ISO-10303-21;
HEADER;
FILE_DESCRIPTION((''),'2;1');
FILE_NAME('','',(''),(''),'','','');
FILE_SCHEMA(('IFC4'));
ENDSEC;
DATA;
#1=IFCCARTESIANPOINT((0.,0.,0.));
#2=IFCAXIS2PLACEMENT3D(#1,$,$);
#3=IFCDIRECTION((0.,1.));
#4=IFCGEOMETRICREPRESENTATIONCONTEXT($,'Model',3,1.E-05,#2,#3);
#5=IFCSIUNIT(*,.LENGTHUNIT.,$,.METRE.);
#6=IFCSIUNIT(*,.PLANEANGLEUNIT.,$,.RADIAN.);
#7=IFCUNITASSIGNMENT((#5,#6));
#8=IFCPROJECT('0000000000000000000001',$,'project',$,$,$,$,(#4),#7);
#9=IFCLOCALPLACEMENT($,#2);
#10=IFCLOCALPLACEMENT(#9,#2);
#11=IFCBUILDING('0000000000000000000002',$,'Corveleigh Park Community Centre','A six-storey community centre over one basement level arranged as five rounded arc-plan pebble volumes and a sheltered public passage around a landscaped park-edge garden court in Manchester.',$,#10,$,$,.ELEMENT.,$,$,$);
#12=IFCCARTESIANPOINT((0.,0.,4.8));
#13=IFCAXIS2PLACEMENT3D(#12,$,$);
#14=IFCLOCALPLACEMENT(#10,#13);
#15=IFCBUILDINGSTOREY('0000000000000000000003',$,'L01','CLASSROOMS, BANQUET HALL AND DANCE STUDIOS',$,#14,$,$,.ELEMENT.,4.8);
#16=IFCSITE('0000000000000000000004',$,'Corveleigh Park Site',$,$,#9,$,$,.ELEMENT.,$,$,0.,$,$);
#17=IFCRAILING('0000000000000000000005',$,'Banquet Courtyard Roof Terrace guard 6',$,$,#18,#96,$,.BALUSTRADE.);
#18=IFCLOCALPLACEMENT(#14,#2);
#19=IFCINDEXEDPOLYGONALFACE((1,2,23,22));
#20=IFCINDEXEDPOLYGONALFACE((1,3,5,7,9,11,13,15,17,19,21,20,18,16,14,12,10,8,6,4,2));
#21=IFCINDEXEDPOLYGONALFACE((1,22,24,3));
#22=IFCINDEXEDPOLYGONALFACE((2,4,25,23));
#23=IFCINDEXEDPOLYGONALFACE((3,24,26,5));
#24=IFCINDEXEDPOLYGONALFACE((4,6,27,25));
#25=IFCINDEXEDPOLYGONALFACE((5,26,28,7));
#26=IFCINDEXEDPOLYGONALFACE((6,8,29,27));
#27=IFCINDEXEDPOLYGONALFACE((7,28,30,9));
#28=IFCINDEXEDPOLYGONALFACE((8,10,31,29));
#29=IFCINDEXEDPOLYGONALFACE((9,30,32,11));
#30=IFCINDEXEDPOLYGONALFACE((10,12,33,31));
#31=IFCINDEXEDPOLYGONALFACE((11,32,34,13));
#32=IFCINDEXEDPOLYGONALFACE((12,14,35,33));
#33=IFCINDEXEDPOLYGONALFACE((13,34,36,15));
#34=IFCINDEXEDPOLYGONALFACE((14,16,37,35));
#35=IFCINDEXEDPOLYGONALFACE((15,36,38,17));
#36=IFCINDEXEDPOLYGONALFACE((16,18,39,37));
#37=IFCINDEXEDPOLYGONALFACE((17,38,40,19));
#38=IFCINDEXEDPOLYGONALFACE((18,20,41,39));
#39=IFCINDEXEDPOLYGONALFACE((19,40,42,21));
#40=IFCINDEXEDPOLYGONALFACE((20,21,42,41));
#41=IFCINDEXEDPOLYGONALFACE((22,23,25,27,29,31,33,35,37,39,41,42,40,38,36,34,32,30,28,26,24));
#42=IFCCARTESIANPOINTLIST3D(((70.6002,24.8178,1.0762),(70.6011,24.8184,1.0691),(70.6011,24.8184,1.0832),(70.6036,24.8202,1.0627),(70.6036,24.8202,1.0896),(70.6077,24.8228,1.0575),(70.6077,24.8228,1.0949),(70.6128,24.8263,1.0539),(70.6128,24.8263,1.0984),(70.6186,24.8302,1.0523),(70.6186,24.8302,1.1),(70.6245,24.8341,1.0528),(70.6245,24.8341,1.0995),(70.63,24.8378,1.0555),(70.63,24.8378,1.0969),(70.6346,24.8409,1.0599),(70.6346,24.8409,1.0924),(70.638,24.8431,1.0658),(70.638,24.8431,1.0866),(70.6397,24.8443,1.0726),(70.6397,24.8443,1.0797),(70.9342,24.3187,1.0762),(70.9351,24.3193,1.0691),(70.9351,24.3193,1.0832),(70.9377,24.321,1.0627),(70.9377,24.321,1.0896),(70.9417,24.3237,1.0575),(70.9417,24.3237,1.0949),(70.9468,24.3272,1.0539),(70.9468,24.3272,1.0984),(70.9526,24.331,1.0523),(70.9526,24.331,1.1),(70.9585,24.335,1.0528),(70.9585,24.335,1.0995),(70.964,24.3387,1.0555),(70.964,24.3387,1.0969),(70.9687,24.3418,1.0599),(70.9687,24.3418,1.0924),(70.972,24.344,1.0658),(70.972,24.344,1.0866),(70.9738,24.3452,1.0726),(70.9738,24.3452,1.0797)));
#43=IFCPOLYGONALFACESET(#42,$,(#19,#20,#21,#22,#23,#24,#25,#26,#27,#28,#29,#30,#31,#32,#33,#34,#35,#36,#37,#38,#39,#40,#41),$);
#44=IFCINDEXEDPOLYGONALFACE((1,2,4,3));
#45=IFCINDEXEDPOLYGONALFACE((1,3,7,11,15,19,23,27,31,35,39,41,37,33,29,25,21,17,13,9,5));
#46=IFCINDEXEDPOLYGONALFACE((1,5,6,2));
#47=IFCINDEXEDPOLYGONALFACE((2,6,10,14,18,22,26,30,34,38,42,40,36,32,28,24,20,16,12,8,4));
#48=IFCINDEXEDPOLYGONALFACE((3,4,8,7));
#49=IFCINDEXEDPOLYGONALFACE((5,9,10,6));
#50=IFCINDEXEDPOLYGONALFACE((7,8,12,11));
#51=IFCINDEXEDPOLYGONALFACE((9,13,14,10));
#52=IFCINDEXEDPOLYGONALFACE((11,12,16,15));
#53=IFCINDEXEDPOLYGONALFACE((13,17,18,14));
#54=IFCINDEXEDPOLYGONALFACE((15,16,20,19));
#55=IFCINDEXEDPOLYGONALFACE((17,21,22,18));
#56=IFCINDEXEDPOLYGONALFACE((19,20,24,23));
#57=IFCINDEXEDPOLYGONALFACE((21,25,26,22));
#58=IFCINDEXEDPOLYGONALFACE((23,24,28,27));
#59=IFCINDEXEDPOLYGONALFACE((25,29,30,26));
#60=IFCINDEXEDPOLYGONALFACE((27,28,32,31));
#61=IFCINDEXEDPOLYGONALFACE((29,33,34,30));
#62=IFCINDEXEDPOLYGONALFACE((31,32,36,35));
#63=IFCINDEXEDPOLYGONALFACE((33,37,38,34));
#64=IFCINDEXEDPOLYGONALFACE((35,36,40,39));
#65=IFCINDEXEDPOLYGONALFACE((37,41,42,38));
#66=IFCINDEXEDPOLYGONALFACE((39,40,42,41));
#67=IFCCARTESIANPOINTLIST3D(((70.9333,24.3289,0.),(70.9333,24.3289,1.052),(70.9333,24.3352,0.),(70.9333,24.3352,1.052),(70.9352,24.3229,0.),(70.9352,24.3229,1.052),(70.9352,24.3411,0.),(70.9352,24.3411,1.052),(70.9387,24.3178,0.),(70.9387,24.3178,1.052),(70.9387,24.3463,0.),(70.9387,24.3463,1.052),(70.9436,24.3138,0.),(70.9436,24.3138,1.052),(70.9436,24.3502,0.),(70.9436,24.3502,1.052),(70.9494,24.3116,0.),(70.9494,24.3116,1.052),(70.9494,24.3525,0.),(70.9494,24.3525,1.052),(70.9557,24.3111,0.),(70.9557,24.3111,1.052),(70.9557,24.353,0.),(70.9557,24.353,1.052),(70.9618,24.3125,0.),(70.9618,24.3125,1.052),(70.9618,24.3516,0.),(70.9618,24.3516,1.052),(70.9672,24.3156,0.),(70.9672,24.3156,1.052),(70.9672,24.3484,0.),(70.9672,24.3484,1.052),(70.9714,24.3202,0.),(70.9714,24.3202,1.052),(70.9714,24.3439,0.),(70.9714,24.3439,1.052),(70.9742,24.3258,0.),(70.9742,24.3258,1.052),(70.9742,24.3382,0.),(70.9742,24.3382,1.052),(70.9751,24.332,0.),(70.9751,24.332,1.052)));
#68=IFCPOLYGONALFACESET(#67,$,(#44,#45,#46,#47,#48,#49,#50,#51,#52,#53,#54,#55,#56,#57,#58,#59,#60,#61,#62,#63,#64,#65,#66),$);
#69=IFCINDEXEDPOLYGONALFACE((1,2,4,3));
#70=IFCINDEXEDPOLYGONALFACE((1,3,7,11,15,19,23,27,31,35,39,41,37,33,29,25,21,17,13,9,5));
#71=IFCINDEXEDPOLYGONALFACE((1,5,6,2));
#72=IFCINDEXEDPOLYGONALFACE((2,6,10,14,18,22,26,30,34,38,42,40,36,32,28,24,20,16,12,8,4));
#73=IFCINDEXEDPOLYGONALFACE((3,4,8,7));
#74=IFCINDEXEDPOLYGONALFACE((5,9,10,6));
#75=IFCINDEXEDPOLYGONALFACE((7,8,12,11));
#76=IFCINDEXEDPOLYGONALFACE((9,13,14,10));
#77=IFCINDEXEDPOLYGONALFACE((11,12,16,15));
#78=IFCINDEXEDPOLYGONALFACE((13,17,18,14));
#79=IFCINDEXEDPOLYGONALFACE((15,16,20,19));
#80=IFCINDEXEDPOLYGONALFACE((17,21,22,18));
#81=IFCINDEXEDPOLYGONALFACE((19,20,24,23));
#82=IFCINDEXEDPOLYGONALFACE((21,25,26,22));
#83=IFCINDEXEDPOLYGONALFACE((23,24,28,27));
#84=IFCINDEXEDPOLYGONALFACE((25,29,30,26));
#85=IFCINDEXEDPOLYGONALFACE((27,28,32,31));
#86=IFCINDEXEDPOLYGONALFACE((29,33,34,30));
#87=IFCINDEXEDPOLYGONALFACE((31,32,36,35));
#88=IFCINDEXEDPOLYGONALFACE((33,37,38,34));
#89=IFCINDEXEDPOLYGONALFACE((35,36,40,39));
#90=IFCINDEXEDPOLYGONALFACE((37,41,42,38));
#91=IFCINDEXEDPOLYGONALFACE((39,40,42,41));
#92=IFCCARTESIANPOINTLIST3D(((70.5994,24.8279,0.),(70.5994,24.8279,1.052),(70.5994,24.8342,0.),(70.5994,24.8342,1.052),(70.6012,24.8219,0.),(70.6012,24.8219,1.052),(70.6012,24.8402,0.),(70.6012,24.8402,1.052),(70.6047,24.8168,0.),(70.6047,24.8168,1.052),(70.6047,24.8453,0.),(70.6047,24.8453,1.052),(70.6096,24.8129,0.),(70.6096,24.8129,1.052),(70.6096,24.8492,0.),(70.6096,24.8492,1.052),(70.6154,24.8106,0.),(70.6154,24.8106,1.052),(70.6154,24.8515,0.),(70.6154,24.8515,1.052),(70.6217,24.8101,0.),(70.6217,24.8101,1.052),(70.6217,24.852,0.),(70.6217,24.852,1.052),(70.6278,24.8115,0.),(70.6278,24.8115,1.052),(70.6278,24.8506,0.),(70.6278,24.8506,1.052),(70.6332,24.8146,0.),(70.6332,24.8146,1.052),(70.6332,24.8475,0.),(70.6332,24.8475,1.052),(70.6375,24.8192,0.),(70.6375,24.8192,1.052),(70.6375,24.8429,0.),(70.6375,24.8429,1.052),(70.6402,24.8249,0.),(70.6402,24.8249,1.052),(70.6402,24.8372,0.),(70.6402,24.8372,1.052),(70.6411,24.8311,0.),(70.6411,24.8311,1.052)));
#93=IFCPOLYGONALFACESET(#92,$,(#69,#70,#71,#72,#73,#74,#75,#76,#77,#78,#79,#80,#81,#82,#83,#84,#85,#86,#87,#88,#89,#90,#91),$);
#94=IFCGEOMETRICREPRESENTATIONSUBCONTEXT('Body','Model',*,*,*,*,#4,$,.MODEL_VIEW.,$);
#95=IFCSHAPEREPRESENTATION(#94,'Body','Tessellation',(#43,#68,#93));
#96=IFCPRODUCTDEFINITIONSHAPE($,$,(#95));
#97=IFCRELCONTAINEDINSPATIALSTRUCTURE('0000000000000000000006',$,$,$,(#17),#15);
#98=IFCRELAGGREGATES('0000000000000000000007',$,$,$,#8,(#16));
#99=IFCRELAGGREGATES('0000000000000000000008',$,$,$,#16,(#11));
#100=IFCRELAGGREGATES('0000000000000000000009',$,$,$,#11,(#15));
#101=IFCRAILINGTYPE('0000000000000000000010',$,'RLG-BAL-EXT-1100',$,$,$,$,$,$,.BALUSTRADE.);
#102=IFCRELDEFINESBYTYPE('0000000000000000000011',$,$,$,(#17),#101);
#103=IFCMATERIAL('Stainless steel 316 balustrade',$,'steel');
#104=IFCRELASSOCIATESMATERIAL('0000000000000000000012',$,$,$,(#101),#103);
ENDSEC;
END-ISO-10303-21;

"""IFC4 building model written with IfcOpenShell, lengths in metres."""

from ifc_helpers import new_model, si_unit, direction, frame, origin, origin_2d, place, context, subcontext, project, spatial, circle, extrude, material, type_object, element, save


model = new_model("IFC4")

# Units and contexts
model_context = context("Model", 3, precision=1e-05, world=origin(), true_north=direction((0.0, 1.0)))
body_context = subcontext(model_context, "Body", "Model", "MODEL_VIEW")
ifc_project = project(units=[si_unit("LENGTHUNIT", "METRE"), si_unit("PLANEANGLEUNIT", "RADIAN")], contexts=[model_context])

# Site, building, storey
site_placement = place(None, origin())
site = spatial("IfcSite", under=ifc_project, at=site_placement, Name="Corveleigh Park Site", CompositionType="ELEMENT", RefElevation=0.0)
building_placement = place(site_placement, origin())
building = spatial("IfcBuilding", under=site, at=building_placement, Name="Corveleigh Park Community Centre", Description="A six-storey community centre over one basement level arranged as five rounded arc-plan pebble volumes and a sheltered public passage around a landscaped park-edge garden court in Manchester.", CompositionType="ELEMENT")
storey_placement = place(building_placement, frame((0.0, 0.0, 4.8)))
storey = spatial("IfcBuildingStorey", under=building, at=storey_placement, Name="L01", Description="CLASSROOMS, BANQUET HALL AND DANCE STUDIOS", CompositionType="ELEMENT", Elevation=4.8)

# Railing
ifc_material_1 = material(Name="Stainless steel 316 balustrade", Category="steel")
railing_type = type_object("IfcRailingType", Name="RLG-BAL-EXT-1100", PredefinedType="BALUSTRADE", material=ifc_material_1)
railing_1_placement = place(storey_placement, frame((70.9541, 24.332, 0.0)))
element("IfcRailing", 1, at=railing_1_placement, inside=storey, type_object=railing_type, Name="Banquet Courtyard Roof Terrace guard 6", PredefinedType="BALUSTRADE", context=body_context, shape_type="SweptSolid", body=[
    extrude(circle(Radius=0.0239, at=origin_2d()), frame((0.0, 0.0, 1.0762), z_axis=(-0.556201, 0.831048, 0.0), x_axis=(-0.831048, -0.556201, 0.0)), (0.0, 0.0, 1.0), 0.6006),
    extrude(circle(Radius=0.021, at=origin_2d()), origin(), (0.0, 0.0, 1.0), 1.052),
    extrude(circle(Radius=0.021, at=origin_2d()), frame((-0.334, 0.499, 0.0)), (0.0, 0.0, 1.0), 1.052),
])

save(model, "model.ifc")
